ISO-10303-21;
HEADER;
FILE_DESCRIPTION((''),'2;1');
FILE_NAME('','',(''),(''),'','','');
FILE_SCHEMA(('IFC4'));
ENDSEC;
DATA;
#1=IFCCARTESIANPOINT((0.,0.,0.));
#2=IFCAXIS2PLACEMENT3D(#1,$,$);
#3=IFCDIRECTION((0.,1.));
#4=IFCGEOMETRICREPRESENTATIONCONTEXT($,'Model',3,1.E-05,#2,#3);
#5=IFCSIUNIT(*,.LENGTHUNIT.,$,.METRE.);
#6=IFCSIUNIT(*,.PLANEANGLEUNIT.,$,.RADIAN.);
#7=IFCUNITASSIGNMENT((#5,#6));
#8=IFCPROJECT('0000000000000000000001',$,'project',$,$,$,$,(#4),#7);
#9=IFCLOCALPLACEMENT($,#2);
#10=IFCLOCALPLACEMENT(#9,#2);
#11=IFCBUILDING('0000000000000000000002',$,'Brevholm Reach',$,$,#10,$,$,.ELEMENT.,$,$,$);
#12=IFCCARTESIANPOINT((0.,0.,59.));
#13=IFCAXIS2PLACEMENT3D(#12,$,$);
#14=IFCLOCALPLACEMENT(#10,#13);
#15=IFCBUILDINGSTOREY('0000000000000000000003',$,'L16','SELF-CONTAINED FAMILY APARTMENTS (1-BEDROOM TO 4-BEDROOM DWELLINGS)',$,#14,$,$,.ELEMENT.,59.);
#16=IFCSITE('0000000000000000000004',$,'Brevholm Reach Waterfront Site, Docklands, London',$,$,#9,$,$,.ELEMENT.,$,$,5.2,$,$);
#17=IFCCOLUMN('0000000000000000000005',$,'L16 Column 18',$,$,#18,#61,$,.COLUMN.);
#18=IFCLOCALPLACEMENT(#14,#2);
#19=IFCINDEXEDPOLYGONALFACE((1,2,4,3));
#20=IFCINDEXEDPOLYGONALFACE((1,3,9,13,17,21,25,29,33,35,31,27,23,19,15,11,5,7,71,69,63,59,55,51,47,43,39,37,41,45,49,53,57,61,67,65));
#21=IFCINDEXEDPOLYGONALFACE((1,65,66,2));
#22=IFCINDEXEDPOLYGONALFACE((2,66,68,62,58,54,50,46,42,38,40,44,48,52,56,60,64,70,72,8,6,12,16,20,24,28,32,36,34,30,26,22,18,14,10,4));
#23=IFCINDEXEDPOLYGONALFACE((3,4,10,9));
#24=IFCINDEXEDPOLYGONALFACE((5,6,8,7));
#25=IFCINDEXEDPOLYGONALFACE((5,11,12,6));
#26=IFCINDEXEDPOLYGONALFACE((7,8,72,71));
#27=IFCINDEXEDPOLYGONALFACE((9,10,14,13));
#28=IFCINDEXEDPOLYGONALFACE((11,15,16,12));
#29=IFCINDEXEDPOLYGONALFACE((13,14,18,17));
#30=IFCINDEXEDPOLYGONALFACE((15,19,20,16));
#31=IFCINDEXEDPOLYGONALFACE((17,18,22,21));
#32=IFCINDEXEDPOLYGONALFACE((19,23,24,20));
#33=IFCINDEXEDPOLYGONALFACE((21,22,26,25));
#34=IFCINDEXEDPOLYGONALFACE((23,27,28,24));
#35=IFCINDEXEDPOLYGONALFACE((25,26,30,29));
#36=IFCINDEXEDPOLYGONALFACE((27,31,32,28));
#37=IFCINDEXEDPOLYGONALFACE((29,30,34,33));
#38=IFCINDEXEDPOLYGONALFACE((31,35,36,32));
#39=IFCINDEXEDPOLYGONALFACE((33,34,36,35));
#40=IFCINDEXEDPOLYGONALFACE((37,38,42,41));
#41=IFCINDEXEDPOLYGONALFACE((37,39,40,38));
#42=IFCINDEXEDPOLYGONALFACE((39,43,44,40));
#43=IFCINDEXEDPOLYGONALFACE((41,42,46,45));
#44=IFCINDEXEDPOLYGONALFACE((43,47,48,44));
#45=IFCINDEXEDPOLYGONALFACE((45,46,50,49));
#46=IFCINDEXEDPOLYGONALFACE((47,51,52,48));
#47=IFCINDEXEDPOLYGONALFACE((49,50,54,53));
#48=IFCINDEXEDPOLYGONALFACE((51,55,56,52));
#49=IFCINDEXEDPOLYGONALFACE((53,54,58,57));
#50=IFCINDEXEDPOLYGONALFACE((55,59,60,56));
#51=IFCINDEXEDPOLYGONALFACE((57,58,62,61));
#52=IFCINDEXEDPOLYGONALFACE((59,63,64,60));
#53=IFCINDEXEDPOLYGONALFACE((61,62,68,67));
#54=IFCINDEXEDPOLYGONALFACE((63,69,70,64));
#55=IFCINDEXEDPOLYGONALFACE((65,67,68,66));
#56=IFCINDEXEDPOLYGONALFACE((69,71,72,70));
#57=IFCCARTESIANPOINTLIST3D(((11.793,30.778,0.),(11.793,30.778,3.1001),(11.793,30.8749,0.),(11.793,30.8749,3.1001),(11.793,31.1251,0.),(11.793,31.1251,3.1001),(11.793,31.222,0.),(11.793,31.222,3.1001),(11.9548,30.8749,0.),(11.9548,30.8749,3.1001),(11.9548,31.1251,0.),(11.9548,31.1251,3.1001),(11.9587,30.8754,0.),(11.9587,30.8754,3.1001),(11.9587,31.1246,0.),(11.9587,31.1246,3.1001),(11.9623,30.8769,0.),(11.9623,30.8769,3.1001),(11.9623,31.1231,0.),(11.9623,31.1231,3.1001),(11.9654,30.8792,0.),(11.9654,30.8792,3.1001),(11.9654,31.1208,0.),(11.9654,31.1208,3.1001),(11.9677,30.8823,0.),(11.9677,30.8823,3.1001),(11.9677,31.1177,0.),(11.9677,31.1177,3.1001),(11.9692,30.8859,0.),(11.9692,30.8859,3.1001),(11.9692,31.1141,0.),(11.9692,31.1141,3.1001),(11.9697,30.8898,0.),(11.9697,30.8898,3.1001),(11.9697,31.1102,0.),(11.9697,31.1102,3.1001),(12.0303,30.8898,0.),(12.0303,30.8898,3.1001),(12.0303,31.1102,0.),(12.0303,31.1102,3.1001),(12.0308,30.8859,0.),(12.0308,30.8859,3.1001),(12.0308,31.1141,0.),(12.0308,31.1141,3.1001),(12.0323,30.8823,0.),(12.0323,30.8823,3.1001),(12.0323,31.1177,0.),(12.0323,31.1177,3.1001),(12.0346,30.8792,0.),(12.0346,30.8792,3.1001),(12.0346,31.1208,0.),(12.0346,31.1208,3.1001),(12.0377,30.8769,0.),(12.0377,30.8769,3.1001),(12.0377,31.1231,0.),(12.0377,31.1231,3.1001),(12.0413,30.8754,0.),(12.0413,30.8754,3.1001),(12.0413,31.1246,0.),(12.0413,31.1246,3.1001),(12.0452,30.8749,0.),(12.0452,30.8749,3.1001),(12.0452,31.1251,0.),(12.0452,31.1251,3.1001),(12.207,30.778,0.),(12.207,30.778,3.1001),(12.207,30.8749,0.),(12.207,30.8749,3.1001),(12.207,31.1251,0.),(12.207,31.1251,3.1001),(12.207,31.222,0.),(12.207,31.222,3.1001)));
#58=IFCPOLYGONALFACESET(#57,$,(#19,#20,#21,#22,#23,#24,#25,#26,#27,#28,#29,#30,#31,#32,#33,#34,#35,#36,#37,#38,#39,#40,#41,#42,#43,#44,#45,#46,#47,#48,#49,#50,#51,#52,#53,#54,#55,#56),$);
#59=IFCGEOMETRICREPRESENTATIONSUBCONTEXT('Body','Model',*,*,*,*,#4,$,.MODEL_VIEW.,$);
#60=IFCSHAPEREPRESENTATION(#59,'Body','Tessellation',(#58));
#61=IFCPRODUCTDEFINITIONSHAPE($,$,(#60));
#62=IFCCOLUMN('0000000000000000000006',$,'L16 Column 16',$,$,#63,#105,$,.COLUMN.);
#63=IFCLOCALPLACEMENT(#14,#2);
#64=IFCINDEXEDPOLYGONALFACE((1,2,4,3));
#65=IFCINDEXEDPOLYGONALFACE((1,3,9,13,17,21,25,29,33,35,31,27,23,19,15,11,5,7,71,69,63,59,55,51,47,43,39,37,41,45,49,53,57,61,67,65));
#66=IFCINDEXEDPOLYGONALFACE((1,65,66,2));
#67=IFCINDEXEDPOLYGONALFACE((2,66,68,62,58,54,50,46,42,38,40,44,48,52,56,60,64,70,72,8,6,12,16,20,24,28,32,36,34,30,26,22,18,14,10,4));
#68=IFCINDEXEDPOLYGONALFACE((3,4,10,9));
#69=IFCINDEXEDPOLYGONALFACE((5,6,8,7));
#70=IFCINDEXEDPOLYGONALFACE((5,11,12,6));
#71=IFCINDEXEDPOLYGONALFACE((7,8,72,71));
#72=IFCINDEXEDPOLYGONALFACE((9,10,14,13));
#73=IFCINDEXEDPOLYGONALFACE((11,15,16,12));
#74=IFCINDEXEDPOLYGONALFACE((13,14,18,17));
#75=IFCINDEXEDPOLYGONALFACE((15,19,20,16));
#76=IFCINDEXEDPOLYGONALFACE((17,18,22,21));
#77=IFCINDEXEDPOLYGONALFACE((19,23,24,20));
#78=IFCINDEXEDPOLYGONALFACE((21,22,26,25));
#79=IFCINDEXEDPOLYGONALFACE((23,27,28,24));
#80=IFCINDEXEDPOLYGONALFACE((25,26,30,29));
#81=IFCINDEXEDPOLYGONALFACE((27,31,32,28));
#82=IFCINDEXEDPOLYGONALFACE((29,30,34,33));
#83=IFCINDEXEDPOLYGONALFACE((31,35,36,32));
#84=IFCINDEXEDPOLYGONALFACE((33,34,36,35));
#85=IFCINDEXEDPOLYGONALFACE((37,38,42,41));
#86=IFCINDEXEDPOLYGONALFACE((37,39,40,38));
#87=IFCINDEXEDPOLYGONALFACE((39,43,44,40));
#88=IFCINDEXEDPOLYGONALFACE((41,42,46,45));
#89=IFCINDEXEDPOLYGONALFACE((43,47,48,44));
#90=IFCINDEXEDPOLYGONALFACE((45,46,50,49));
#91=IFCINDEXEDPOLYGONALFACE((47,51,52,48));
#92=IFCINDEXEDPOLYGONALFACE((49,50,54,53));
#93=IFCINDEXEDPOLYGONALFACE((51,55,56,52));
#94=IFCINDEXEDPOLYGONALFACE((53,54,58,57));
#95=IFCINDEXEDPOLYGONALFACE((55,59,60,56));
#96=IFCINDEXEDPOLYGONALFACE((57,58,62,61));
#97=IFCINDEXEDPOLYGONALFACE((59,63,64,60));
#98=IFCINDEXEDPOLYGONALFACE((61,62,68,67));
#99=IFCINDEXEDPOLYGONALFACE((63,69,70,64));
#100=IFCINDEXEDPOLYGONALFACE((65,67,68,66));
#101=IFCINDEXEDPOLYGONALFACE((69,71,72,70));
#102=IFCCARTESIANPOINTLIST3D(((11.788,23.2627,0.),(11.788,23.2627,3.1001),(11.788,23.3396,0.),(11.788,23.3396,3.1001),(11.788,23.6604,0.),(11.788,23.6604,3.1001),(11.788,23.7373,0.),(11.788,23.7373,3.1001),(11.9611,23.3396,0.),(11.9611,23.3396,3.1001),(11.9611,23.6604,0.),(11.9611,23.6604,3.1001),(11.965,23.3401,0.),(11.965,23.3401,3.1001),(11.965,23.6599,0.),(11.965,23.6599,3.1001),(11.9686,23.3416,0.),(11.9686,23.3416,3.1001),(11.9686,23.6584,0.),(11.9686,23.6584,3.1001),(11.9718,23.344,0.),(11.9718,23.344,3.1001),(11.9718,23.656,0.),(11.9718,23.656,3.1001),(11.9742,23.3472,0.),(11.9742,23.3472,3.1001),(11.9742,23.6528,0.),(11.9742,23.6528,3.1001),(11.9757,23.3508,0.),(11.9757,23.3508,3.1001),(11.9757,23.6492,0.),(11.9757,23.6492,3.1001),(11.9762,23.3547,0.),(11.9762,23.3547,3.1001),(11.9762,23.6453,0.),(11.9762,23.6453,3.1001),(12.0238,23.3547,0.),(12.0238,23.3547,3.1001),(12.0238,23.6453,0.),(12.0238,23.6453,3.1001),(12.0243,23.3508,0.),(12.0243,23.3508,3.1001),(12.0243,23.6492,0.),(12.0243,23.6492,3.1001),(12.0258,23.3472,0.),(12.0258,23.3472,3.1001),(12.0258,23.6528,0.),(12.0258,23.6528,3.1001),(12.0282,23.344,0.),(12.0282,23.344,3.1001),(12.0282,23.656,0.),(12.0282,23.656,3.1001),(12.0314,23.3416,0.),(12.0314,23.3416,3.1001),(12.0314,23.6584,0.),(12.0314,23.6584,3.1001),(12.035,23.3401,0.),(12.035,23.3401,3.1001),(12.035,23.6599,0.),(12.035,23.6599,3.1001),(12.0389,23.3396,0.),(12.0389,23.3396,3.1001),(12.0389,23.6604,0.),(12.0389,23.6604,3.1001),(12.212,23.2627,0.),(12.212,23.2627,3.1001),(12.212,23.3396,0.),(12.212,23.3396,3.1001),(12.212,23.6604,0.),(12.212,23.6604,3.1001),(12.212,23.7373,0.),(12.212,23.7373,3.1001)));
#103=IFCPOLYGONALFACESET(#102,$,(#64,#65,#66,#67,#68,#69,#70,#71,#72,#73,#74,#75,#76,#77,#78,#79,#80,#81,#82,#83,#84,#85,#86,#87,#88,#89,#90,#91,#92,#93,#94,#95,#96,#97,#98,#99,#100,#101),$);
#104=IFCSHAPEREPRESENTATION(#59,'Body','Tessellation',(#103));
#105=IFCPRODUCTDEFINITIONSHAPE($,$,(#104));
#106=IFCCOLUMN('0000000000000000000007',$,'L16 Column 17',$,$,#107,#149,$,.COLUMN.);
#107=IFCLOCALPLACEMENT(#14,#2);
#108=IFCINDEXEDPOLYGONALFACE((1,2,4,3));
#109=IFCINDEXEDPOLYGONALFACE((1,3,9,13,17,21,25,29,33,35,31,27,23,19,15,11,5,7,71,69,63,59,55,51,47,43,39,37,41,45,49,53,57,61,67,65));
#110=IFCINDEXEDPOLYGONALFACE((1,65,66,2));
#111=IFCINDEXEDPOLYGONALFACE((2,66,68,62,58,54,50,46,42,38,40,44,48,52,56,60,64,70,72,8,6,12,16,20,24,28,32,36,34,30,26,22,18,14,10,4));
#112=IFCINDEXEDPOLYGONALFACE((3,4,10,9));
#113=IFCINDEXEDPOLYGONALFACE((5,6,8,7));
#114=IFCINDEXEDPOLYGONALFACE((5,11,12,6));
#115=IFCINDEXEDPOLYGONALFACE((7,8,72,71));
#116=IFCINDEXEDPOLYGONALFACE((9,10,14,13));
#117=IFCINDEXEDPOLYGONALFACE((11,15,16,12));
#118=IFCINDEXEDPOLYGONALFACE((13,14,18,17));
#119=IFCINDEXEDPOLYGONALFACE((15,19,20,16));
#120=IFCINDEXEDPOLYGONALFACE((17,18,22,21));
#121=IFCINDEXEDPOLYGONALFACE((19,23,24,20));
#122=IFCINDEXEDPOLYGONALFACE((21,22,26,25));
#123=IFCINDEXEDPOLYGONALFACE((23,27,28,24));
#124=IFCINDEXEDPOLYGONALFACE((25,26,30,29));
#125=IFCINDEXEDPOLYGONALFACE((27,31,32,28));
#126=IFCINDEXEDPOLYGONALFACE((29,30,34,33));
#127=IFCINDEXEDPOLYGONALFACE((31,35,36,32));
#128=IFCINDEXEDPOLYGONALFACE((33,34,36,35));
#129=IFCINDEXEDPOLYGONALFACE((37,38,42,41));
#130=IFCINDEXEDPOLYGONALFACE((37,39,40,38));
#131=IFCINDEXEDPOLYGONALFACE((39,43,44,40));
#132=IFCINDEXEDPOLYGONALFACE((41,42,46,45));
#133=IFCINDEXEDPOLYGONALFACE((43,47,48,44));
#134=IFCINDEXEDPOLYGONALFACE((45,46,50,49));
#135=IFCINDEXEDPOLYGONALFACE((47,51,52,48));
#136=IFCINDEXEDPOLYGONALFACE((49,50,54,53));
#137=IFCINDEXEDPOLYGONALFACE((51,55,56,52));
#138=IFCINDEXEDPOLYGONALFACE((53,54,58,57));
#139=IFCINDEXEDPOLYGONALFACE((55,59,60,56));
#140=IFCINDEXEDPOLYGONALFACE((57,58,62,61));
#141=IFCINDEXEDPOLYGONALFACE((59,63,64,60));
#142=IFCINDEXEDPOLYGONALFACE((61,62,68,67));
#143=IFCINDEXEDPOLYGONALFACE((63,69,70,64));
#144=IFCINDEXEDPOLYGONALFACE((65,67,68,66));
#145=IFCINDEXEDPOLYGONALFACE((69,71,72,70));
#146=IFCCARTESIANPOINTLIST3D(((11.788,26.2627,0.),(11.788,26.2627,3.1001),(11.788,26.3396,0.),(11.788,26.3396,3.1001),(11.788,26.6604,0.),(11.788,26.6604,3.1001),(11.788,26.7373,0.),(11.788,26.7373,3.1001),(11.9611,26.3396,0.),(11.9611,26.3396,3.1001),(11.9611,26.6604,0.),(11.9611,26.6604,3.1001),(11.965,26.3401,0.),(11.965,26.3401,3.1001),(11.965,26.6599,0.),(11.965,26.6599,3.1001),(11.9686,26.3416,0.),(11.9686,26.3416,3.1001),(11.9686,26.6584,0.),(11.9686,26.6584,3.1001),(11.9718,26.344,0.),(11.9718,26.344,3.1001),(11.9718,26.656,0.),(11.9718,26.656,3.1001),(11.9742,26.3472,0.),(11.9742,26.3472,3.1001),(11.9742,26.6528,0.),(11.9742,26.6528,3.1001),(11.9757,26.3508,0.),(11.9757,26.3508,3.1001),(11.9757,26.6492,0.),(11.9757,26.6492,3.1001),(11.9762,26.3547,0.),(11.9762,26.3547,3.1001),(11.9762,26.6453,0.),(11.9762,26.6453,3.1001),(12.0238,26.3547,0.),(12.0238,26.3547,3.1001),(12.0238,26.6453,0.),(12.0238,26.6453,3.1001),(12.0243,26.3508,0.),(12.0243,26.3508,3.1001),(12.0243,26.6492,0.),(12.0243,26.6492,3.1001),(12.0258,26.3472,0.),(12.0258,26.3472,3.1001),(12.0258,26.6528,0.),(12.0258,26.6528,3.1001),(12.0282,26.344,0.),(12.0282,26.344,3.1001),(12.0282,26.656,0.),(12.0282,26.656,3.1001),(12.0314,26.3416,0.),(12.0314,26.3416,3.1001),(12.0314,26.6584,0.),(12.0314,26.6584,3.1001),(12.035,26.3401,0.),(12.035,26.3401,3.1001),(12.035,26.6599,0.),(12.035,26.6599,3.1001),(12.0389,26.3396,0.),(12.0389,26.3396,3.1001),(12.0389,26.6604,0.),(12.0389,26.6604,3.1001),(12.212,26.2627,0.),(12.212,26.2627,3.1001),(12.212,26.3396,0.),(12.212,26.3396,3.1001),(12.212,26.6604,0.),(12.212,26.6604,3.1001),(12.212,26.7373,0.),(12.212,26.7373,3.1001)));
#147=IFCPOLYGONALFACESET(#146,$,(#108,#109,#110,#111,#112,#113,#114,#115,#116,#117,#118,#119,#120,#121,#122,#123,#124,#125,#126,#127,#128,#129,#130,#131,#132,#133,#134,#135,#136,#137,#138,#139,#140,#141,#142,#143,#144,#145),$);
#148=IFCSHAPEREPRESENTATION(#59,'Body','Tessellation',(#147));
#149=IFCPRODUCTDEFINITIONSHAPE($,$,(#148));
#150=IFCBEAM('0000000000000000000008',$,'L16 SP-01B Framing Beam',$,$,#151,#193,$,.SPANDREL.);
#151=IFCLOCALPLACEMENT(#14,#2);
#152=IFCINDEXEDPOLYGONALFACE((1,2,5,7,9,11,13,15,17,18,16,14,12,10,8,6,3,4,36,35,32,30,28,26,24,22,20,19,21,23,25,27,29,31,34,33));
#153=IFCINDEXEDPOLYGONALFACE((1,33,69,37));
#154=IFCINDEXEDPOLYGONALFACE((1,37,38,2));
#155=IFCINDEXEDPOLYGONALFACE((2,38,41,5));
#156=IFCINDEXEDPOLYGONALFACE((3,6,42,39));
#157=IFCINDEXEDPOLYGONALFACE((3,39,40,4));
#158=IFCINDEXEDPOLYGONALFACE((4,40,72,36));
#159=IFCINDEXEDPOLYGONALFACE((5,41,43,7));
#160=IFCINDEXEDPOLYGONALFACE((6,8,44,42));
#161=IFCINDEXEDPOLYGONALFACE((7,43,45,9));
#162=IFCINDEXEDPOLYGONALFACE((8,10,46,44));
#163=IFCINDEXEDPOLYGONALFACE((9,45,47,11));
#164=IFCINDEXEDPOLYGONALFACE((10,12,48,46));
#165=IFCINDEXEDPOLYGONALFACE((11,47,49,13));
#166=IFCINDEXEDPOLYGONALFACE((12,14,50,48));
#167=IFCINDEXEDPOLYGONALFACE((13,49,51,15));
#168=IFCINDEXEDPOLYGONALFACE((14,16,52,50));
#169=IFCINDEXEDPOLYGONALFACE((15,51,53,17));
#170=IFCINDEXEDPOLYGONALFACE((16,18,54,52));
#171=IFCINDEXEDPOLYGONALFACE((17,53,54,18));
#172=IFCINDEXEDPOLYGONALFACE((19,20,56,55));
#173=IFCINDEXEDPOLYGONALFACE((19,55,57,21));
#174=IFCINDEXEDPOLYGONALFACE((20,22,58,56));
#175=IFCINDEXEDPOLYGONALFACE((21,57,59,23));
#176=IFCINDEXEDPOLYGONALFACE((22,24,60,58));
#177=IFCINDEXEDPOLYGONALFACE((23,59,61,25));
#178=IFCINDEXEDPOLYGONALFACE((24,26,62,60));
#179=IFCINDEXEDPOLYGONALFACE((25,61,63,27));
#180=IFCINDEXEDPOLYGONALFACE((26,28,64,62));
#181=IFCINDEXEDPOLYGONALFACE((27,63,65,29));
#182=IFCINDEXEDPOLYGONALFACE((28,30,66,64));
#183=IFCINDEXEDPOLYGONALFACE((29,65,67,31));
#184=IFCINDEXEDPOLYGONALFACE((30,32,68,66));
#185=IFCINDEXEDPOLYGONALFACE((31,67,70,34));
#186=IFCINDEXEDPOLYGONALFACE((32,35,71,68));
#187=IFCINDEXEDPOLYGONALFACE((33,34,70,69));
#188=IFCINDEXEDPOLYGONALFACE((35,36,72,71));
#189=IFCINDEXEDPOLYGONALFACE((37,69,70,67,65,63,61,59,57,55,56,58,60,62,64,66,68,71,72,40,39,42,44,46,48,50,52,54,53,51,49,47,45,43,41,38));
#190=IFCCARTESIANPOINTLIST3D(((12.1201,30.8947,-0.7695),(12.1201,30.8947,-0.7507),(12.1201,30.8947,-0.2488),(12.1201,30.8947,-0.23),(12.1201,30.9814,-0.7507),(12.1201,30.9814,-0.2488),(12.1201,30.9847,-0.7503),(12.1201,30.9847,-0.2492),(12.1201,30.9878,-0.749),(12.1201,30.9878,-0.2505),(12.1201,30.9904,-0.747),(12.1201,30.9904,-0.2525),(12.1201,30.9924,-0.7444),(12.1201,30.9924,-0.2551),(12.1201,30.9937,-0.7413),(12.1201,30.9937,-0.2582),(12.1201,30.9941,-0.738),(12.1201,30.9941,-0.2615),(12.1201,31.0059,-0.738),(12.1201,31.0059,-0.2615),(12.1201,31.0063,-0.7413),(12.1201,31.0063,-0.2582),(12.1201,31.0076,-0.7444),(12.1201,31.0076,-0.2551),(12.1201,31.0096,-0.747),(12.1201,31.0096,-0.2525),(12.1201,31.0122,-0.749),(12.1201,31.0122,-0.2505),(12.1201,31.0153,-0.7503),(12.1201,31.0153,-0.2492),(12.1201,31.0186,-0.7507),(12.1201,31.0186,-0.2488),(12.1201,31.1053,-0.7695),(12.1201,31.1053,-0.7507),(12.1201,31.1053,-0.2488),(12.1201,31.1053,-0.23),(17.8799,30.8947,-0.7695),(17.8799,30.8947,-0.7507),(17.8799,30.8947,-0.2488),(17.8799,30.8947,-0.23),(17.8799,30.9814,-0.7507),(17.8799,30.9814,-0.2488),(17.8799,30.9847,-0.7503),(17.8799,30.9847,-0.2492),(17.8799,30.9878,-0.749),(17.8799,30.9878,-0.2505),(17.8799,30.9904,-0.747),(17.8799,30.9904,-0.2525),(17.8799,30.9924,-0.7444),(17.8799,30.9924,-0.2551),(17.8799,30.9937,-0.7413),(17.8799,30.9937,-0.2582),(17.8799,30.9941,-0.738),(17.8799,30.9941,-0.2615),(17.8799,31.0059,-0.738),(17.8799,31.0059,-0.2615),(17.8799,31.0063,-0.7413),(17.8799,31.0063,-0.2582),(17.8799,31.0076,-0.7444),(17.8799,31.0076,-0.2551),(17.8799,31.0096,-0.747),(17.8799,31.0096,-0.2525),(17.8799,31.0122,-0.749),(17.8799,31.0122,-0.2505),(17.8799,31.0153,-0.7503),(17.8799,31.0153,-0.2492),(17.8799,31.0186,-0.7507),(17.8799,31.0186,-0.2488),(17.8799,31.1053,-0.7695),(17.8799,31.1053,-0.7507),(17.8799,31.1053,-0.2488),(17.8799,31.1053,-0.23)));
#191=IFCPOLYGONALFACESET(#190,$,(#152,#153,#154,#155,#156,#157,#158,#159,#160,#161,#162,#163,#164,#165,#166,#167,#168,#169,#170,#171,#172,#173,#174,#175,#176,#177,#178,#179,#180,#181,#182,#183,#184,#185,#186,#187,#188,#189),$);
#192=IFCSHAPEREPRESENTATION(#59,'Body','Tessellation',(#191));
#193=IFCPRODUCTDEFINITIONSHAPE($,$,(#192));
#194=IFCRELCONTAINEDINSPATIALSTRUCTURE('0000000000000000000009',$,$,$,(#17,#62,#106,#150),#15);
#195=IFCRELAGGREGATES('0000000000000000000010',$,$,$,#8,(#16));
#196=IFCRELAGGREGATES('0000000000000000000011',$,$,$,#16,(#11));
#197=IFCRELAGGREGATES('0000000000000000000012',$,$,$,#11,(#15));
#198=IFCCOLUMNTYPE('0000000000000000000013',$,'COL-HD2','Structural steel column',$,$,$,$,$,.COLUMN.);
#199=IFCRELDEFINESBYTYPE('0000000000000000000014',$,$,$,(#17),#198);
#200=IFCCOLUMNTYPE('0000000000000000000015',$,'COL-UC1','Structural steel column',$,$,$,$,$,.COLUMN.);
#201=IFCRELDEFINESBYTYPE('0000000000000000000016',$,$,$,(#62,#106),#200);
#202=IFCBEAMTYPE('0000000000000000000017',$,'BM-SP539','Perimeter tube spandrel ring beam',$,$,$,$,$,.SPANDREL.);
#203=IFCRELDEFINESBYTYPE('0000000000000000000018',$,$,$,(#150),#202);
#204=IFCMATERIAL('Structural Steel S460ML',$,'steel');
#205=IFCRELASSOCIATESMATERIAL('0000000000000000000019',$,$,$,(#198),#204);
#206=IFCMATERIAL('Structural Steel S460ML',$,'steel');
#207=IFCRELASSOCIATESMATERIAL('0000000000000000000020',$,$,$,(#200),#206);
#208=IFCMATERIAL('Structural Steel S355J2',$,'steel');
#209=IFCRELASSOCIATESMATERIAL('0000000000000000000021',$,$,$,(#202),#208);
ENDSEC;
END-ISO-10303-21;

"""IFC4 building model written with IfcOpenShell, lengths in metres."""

from ifc_helpers import new_model, si_unit, direction, frame, origin, origin_2d, place, context, subcontext, project, spatial, i_section, extrude, material, material_profile, profile_set, type_object, element, save


model = new_model("IFC4")

# Units and contexts
model_context = context("Model", 3, precision=1e-05, world=origin(), true_north=direction((0.0, 1.0)))
body_context = subcontext(model_context, "Body", "Model", "MODEL_VIEW")
ifc_project = project(units=[si_unit("LENGTHUNIT", "METRE"), si_unit("PLANEANGLEUNIT", "RADIAN")], contexts=[model_context])

# Site, building, storey
site_placement = place(None, origin())
site = spatial("IfcSite", under=ifc_project, at=site_placement, Name="Brevholm Reach Waterfront Site, Docklands, London", CompositionType="ELEMENT", RefElevation=5.2)
building_placement = place(site_placement, origin())
building = spatial("IfcBuilding", under=site, at=building_placement, Name="Brevholm Reach", CompositionType="ELEMENT")
storey_placement = place(building_placement, frame((0.0, 0.0, 59.0)))
storey = spatial("IfcBuildingStorey", under=building, at=storey_placement, Name="L16", Description="SELF-CONTAINED FAMILY APARTMENTS (1-BEDROOM TO 4-BEDROOM DWELLINGS)", CompositionType="ELEMENT", Elevation=59.0)

# Columns
ifc_material_1 = material(Name="Structural Steel S460ML", Category="steel")
ifc_material_profile_1 = material_profile(ifc_material_1, i_section(OverallWidth=0.4141, OverallDepth=0.4441, WebThickness=0.0605, FlangeThickness=0.0969, FilletRadius=0.0149, at=origin_2d()), Name="HD 400x818")
ifc_profile_set_1 = profile_set([ifc_material_profile_1], Name="Structural Steel S460ML")
column_type_1 = type_object("IfcColumnType", Name="COL-HD2", Description="Structural steel column", PredefinedType="COLUMN", material=ifc_profile_set_1)
column_placement = place(storey_placement, frame((12.0, 31.0, 0.0), z_axis=(0.0, 0.0, 1.0), x_axis=(1.0, 0.0, 0.0)))
element("IfcColumn", 1, at=column_placement, inside=storey, type_object=column_type_1, Name="L16 Column 18", PredefinedType="COLUMN", context=body_context, shape_type="SweptSolid", body=[
    extrude(i_section(OverallWidth=0.4141, OverallDepth=0.4441, WebThickness=0.0605, FlangeThickness=0.0969, FilletRadius=0.0149, at=origin_2d()), origin(), (0.0, 0.0, 1.0), 3.1001),
])
ifc_material_2 = material(Name="Structural Steel S460ML", Category="steel")
ifc_material_profile_2 = material_profile(ifc_material_2, i_section(OverallWidth=0.4241, OverallDepth=0.4746, WebThickness=0.0476, FlangeThickness=0.0769, FilletRadius=0.0151, at=origin_2d()), Name="UKC 356x406x634")
ifc_profile_set_2 = profile_set([ifc_material_profile_2], Name="Structural Steel S460ML")
column_type_2 = type_object("IfcColumnType", Name="COL-UC1", Description="Structural steel column", PredefinedType="COLUMN", material=ifc_profile_set_2)
for number, where, z_axis, x_axis, name in (
    (2, (12.0, 23.5, 0.0), (0.0, 0.0, 1.0), (1.0, 0.0, 0.0), "L16 Column 16"),
    (3, (12.0, 26.5, 0.0), (0.0, 0.0, 1.0), (1.0, 0.0, 0.0), "L16 Column 17"),
):
    element("IfcColumn", number, at=place(storey_placement, frame(where, z_axis=z_axis, x_axis=x_axis)), inside=storey, type_object=column_type_2, Name=name, PredefinedType="COLUMN", context=body_context, shape_type="SweptSolid", body=[
        extrude(i_section(OverallWidth=0.4241, OverallDepth=0.4746, WebThickness=0.0476, FlangeThickness=0.0769, FilletRadius=0.0151, at=origin_2d()), origin(), (0.0, 0.0, 1.0), 3.1001),
    ])

# Beam
ifc_material_3 = material(Name="Structural Steel S355J2", Category="steel")
ifc_material_profile_3 = material_profile(ifc_material_3, i_section(OverallWidth=0.2107, OverallDepth=0.5396, WebThickness=0.0117, FlangeThickness=0.0188, FilletRadius=0.0127, at=origin_2d()), Name="UKB 533x210x109")
ifc_profile_set_3 = profile_set([ifc_material_profile_3], Name="Structural Steel S355J2")
beam_type_1 = type_object("IfcBeamType", Name="BM-SP539", Description="Perimeter tube spandrel ring beam", PredefinedType="SPANDREL", material=ifc_profile_set_3)
beam_1_placement = place(storey_placement, frame((12.1201, 31.0, -0.4998), z_axis=(1.0, 0.0, 0.0), x_axis=(0.0, 1.0, 0.0)))
element("IfcBeam", 4, at=beam_1_placement, inside=storey, type_object=beam_type_1, Name="L16 SP-01B Framing Beam", PredefinedType="SPANDREL", context=body_context, shape_type="SweptSolid", body=[
    extrude(i_section(OverallWidth=0.2107, OverallDepth=0.5396, WebThickness=0.0117, FlangeThickness=0.0188, FilletRadius=0.0127, at=origin_2d()), origin(), (0.0, 0.0, 1.0), 5.7598),
])

save(model, "model.ifc")
